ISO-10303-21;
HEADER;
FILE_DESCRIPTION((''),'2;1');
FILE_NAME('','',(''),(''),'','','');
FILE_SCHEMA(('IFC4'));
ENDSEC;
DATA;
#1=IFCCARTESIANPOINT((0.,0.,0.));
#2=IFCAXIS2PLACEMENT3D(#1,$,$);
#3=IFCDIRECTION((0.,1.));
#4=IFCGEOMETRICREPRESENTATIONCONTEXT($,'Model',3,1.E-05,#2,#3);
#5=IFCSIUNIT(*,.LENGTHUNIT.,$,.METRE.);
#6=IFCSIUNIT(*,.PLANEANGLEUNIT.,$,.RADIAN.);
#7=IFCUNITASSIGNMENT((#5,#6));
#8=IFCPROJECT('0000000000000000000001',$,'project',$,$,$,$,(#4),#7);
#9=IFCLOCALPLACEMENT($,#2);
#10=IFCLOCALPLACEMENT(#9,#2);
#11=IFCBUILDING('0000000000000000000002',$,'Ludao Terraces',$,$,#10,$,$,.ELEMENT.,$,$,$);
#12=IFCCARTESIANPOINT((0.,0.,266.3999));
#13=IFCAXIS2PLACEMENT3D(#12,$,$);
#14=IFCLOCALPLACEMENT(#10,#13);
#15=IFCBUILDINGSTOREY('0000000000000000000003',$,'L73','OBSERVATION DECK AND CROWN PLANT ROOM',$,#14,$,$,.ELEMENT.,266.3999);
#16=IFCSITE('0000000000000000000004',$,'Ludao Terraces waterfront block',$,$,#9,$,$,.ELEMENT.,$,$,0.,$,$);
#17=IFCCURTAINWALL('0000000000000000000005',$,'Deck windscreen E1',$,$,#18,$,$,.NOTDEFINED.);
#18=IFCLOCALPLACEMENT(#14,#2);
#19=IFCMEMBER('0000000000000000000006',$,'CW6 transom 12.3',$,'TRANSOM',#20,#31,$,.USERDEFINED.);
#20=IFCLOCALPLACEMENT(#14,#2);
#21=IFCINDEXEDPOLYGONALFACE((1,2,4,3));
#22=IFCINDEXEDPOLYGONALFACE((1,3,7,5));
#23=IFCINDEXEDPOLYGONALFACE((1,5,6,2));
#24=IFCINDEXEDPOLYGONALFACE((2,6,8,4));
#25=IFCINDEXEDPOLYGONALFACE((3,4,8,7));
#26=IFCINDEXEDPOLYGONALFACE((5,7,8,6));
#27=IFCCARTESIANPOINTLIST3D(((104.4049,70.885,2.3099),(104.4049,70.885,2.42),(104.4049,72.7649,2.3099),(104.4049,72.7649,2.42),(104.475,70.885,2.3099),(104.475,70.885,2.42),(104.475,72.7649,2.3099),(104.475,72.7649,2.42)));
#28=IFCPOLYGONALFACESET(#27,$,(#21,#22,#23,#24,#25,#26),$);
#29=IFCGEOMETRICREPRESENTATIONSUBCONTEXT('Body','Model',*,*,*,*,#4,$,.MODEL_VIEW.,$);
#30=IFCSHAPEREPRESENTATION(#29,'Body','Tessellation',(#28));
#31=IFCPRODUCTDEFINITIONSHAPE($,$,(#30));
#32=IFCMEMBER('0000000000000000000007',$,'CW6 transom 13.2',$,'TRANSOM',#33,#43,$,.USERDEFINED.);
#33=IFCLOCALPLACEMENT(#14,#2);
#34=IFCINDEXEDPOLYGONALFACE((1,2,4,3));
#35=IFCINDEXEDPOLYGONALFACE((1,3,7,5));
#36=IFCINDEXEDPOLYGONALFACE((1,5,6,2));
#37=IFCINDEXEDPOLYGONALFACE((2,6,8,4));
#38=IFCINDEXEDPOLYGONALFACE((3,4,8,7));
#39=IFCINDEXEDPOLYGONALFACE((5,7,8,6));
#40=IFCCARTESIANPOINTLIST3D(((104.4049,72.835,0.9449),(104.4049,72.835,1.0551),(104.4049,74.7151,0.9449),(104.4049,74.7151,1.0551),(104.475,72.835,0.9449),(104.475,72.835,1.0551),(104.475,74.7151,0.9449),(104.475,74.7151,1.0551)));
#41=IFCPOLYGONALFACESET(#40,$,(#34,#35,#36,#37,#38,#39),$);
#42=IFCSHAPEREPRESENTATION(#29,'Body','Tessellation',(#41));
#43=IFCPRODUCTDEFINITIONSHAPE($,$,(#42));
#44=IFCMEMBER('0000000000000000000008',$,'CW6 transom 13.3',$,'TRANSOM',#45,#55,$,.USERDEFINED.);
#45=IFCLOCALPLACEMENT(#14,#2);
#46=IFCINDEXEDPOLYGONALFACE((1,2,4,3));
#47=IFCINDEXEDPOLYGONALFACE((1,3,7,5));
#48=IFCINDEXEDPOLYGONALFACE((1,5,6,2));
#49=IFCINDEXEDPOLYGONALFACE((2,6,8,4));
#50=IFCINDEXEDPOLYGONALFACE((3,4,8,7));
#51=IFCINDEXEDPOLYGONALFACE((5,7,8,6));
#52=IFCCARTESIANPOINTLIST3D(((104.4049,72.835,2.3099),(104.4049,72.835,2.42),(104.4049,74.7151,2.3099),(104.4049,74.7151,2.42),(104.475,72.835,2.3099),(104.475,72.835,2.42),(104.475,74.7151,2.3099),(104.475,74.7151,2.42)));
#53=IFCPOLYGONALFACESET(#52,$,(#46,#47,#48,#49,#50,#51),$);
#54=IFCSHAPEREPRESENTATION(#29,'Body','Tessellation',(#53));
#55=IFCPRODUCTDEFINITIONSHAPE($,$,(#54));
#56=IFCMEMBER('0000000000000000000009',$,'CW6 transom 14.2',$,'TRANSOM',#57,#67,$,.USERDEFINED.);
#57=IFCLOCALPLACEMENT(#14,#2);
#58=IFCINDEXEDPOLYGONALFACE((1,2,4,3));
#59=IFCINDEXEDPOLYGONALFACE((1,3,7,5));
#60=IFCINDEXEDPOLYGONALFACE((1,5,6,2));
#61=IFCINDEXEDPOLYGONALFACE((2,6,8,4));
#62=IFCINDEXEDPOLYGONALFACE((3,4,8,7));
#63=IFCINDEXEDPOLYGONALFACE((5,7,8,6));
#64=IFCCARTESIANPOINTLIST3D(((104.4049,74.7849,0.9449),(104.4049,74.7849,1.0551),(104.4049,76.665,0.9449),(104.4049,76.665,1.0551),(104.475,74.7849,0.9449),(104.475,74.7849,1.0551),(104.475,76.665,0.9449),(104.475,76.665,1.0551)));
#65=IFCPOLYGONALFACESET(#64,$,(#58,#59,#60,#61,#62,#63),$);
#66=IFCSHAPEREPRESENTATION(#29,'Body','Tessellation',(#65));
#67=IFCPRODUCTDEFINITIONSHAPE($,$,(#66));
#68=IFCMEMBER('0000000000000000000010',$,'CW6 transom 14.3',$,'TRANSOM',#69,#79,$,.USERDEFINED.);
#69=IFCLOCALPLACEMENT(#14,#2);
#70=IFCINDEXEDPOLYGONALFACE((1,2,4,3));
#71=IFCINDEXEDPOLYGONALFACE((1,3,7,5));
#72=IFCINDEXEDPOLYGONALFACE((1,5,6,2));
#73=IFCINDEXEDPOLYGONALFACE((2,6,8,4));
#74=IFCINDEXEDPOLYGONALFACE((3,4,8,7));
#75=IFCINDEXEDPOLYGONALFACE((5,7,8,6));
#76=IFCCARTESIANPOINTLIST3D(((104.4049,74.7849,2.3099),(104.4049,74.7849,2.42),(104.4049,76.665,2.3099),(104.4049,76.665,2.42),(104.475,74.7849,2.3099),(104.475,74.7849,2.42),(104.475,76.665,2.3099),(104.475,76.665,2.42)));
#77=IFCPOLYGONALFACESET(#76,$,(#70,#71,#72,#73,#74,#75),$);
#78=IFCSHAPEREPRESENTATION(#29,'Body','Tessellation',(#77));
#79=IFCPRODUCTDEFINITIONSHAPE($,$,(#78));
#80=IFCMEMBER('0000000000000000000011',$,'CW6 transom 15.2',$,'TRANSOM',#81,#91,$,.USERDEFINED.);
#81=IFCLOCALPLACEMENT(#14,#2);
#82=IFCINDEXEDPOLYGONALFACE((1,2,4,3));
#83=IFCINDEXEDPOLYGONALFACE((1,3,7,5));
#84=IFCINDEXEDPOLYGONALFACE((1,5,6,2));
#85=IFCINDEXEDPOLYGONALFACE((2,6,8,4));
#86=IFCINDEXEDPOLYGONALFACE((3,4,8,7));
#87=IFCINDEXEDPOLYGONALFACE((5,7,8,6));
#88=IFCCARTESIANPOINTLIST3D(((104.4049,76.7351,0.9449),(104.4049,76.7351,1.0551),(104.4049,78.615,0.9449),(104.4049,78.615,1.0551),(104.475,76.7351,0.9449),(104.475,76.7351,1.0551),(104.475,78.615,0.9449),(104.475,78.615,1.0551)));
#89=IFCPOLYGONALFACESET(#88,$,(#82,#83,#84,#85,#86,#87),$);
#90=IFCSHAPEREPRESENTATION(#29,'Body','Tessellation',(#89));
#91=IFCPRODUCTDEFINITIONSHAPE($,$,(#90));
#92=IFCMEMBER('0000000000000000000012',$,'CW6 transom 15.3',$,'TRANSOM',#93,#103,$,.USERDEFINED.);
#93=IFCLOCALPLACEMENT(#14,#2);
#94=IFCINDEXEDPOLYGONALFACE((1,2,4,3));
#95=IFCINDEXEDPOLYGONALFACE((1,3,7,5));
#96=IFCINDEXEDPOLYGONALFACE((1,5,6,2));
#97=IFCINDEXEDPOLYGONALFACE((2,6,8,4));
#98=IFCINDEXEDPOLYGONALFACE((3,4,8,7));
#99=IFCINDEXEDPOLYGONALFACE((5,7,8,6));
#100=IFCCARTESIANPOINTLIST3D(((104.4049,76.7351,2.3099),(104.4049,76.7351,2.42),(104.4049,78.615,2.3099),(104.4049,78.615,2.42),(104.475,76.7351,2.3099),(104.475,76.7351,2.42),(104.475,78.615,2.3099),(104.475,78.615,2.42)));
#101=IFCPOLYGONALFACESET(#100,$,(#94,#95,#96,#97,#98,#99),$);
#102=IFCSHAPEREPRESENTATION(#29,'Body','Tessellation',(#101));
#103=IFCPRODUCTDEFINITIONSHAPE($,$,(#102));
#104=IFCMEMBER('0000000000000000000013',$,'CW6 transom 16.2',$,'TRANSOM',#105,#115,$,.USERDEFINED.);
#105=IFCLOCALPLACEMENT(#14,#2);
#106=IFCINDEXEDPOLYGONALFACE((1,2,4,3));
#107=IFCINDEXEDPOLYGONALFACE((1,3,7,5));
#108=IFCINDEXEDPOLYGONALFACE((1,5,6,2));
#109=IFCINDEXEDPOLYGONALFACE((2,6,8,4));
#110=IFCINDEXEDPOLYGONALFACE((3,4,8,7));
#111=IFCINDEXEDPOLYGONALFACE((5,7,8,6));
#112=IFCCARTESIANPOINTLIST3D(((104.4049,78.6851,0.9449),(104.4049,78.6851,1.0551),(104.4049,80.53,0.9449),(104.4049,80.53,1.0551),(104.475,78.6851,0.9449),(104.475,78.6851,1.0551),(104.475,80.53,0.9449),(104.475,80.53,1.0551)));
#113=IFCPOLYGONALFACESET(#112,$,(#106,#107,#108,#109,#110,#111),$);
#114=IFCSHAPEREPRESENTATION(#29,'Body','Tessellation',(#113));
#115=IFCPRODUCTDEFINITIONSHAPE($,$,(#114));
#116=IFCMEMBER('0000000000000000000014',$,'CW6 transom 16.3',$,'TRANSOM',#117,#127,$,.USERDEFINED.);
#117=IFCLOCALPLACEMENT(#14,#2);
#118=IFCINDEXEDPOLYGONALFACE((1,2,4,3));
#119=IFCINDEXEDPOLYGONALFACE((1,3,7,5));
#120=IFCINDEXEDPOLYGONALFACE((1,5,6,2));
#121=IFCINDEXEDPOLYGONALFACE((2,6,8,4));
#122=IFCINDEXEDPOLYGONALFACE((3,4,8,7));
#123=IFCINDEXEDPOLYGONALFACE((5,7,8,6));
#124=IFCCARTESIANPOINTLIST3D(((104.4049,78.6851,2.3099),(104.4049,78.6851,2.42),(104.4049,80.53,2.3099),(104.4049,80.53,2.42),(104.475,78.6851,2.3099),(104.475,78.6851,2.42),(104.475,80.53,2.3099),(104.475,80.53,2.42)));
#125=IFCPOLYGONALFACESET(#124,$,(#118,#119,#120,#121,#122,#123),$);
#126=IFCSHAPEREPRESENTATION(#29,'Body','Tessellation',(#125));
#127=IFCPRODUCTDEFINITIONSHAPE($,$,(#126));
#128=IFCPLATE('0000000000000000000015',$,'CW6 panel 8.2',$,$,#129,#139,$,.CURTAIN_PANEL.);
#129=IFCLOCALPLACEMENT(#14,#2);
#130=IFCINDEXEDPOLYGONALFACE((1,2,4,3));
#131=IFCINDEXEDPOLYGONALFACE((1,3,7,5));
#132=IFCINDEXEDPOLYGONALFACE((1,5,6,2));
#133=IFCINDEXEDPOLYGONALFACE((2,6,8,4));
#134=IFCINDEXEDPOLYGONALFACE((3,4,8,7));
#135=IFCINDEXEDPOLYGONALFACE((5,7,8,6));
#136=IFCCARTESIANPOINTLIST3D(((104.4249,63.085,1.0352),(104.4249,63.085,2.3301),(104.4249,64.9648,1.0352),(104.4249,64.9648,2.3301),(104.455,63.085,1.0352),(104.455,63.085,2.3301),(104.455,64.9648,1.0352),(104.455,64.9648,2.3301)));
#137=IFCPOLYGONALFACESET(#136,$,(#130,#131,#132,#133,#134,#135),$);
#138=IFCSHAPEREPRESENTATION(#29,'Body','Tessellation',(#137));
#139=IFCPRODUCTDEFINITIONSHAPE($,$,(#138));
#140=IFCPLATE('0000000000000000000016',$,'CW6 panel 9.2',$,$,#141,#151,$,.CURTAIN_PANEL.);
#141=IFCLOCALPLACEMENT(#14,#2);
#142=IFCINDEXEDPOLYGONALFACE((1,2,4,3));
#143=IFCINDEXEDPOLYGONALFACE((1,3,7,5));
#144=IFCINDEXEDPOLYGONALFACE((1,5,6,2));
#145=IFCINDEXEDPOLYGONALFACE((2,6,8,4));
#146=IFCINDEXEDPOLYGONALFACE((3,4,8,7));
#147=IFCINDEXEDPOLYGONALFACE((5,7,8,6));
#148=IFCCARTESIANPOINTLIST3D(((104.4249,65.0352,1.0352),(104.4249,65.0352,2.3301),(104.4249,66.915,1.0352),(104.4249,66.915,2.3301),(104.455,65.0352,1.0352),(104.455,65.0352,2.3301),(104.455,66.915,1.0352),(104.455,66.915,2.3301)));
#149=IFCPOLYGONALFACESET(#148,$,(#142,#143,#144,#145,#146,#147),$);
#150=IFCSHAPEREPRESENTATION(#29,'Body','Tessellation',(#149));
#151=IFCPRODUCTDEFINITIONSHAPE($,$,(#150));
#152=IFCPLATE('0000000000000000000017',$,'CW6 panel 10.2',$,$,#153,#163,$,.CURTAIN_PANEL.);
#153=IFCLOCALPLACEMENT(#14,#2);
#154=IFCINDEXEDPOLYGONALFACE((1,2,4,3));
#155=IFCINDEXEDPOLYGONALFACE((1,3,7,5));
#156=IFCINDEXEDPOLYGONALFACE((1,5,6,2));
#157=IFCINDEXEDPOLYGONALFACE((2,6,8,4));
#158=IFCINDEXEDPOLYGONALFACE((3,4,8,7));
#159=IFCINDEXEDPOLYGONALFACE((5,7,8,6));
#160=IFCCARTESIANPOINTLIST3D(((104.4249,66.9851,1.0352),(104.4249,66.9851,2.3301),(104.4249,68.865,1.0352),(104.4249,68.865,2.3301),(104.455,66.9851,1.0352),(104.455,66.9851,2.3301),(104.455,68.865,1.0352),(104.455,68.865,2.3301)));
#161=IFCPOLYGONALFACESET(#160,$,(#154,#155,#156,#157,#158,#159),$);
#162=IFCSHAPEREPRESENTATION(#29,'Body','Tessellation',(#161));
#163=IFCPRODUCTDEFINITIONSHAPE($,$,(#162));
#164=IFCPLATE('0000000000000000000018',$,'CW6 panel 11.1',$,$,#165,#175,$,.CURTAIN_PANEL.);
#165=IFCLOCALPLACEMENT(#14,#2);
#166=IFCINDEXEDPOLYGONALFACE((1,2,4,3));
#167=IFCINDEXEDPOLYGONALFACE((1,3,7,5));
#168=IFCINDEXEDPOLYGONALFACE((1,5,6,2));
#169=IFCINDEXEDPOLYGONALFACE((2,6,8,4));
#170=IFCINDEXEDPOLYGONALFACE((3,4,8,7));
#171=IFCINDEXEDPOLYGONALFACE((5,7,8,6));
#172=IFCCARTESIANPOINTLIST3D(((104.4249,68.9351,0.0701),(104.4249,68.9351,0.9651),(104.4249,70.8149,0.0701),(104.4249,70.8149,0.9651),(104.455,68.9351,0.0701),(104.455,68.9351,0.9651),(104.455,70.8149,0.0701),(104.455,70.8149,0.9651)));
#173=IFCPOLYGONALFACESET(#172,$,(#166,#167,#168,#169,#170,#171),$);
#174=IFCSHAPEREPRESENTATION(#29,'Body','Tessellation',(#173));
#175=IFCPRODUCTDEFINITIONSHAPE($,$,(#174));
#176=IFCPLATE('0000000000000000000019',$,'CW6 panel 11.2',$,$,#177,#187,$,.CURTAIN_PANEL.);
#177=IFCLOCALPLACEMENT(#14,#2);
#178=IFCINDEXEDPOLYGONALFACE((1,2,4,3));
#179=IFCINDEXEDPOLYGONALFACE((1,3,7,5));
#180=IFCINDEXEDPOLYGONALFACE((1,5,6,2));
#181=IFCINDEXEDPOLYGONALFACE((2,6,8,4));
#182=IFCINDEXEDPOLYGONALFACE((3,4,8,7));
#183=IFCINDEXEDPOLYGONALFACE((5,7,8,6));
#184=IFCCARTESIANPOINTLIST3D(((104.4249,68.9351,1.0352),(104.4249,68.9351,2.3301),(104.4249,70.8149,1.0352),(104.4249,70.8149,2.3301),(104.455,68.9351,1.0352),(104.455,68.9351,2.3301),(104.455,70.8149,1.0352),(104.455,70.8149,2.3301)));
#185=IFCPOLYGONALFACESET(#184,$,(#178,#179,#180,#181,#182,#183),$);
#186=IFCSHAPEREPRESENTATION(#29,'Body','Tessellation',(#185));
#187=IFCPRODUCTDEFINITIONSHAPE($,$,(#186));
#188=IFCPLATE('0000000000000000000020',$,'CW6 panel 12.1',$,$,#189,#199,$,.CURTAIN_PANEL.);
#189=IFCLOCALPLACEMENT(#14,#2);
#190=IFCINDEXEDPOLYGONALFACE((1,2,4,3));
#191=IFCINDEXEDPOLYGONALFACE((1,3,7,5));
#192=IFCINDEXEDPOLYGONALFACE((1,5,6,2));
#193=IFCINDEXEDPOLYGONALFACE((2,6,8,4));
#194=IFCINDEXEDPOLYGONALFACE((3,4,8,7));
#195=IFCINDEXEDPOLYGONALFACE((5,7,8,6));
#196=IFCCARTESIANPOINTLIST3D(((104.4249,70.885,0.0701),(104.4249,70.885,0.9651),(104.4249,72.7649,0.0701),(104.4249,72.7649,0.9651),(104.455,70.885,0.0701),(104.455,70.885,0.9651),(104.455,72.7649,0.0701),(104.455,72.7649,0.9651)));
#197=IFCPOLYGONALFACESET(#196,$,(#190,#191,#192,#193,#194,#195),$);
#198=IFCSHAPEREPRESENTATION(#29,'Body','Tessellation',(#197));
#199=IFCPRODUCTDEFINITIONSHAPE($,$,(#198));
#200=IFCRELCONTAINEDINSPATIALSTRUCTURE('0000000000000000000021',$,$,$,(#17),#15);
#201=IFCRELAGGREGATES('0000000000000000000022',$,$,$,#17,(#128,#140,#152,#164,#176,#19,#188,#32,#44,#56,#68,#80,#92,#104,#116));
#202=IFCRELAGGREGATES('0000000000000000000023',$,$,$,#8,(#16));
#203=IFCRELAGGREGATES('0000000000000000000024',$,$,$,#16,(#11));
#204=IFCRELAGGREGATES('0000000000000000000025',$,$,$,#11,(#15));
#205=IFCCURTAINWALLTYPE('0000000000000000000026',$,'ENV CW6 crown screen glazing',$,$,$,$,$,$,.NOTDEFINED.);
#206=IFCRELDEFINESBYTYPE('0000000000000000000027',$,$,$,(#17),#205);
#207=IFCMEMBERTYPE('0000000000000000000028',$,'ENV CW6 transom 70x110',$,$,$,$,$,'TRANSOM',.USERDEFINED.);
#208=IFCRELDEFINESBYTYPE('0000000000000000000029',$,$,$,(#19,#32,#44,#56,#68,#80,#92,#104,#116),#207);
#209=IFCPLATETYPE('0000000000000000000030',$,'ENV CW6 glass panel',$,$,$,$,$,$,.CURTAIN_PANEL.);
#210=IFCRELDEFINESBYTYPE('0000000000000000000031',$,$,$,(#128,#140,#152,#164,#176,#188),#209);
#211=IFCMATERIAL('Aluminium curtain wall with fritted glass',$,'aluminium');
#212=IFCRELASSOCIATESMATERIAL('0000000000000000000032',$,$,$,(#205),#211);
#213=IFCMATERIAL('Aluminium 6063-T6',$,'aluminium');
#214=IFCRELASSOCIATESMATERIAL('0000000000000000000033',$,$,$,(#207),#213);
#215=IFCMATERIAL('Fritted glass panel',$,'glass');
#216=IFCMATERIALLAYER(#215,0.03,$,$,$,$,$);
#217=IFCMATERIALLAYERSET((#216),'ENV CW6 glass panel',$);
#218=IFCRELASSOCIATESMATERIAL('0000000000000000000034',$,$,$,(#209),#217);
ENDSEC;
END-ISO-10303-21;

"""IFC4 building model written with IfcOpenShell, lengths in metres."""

from ifc_helpers import new_model, si_unit, direction, frame, origin, origin_2d, place, context, subcontext, project, spatial, rectangle, extrude, material, layer, layer_set, material_profile, profile_set, type_object, element, aggregate, save


model = new_model("IFC4")

# Units and contexts
model_context = context("Model", 3, precision=1e-05, world=origin(), true_north=direction((0.0, 1.0)))
body_context = subcontext(model_context, "Body", "Model", "MODEL_VIEW")
ifc_project = project(units=[si_unit("LENGTHUNIT", "METRE"), si_unit("PLANEANGLEUNIT", "RADIAN")], contexts=[model_context])

# Site, building, storey
site_placement = place(None, origin())
site = spatial("IfcSite", under=ifc_project, at=site_placement, Name="Ludao Terraces waterfront block", CompositionType="ELEMENT", RefElevation=0.0)
building_placement = place(site_placement, origin())
building = spatial("IfcBuilding", under=site, at=building_placement, Name="Ludao Terraces", CompositionType="ELEMENT")
storey_placement = place(building_placement, frame((0.0, 0.0, 266.3999)))
storey = spatial("IfcBuildingStorey", under=building, at=storey_placement, Name="L73", Description="OBSERVATION DECK AND CROWN PLANT ROOM", CompositionType="ELEMENT", Elevation=266.3999)

# Curtain wall, members, plates
ifc_material_1 = material(Name="Aluminium curtain wall with fritted glass", Category="aluminium")
curtain_wall_type = type_object("IfcCurtainWallType", Name="ENV CW6 crown screen glazing", PredefinedType="NOTDEFINED", material=ifc_material_1)
curtain_wall_placement = place(storey_placement, origin())
curtain_wall = element("IfcCurtainWall", 1, at=curtain_wall_placement, inside=storey, type_object=curtain_wall_type, Name="Deck windscreen E1", PredefinedType="NOTDEFINED")
ifc_material_2 = material(Name="Aluminium 6063-T6", Category="aluminium")
ifc_material_profile_1 = material_profile(ifc_material_2, rectangle(XDim=0.0701, YDim=0.1101, at=origin_2d()), Name="70 X 110")
ifc_profile_set_1 = profile_set([ifc_material_profile_1], Name="Aluminium 6063-T6")
member_type = type_object("IfcMemberType", Name="ENV CW6 transom 70x110", ElementType="TRANSOM", PredefinedType="USERDEFINED", material=ifc_profile_set_1)
member_1_placement = place(storey_placement, frame((104.4399, 70.885, 2.365), z_axis=(0.0, 1.0, 0.0), x_axis=(-1.0, 0.0, 0.0)))
member_1 = element("IfcMember", 2, at=member_1_placement, type_object=member_type, Name="CW6 transom 12.3", ObjectType="TRANSOM", PredefinedType="USERDEFINED", context=body_context, shape_type="SweptSolid", body=[
    extrude(rectangle(XDim=0.0701, YDim=0.1101, at=origin_2d()), origin(), (0.0, 0.0, 1.0), 1.8799),
])
member_2_placement = place(storey_placement, frame((104.4399, 72.835, 1.0), z_axis=(0.0, 1.0, 0.0), x_axis=(-1.0, 0.0, 0.0)))
member_2 = element("IfcMember", 3, at=member_2_placement, type_object=member_type, Name="CW6 transom 13.2", ObjectType="TRANSOM", PredefinedType="USERDEFINED", context=body_context, shape_type="SweptSolid", body=[
    extrude(rectangle(XDim=0.0701, YDim=0.1101, at=origin_2d()), origin(), (0.0, 0.0, 1.0), 1.8801),
])
member_3_placement = place(storey_placement, frame((104.4399, 72.835, 2.365), z_axis=(0.0, 1.0, 0.0), x_axis=(-1.0, 0.0, 0.0)))
member_3 = element("IfcMember", 4, at=member_3_placement, type_object=member_type, Name="CW6 transom 13.3", ObjectType="TRANSOM", PredefinedType="USERDEFINED", context=body_context, shape_type="SweptSolid", body=[
    extrude(rectangle(XDim=0.0701, YDim=0.1101, at=origin_2d()), origin(), (0.0, 0.0, 1.0), 1.8801),
])
member_4_placement = place(storey_placement, frame((104.4399, 74.7849, 1.0), z_axis=(0.0, 1.0, 0.0), x_axis=(-1.0, 0.0, 0.0)))
member_4 = element("IfcMember", 5, at=member_4_placement, type_object=member_type, Name="CW6 transom 14.2", ObjectType="TRANSOM", PredefinedType="USERDEFINED", context=body_context, shape_type="SweptSolid", body=[
    extrude(rectangle(XDim=0.0701, YDim=0.1101, at=origin_2d()), origin(), (0.0, 0.0, 1.0), 1.8801),
])
member_5_placement = place(storey_placement, frame((104.4399, 74.7849, 2.365), z_axis=(0.0, 1.0, 0.0), x_axis=(-1.0, 0.0, 0.0)))
member_5 = element("IfcMember", 6, at=member_5_placement, type_object=member_type, Name="CW6 transom 14.3", ObjectType="TRANSOM", PredefinedType="USERDEFINED", context=body_context, shape_type="SweptSolid", body=[
    extrude(rectangle(XDim=0.0701, YDim=0.1101, at=origin_2d()), origin(), (0.0, 0.0, 1.0), 1.8801),
])
member_6_placement = place(storey_placement, frame((104.4399, 76.7351, 1.0), z_axis=(0.0, 1.0, 0.0), x_axis=(-1.0, 0.0, 0.0)))
member_6 = element("IfcMember", 7, at=member_6_placement, type_object=member_type, Name="CW6 transom 15.2", ObjectType="TRANSOM", PredefinedType="USERDEFINED", context=body_context, shape_type="SweptSolid", body=[
    extrude(rectangle(XDim=0.0701, YDim=0.1101, at=origin_2d()), origin(), (0.0, 0.0, 1.0), 1.8799),
])
member_7_placement = place(storey_placement, frame((104.4399, 76.7351, 2.365), z_axis=(0.0, 1.0, 0.0), x_axis=(-1.0, 0.0, 0.0)))
member_7 = element("IfcMember", 8, at=member_7_placement, type_object=member_type, Name="CW6 transom 15.3", ObjectType="TRANSOM", PredefinedType="USERDEFINED", context=body_context, shape_type="SweptSolid", body=[
    extrude(rectangle(XDim=0.0701, YDim=0.1101, at=origin_2d()), origin(), (0.0, 0.0, 1.0), 1.8799),
])
member_8_placement = place(storey_placement, frame((104.4399, 78.6851, 1.0), z_axis=(0.0, 1.0, 0.0), x_axis=(-1.0, 0.0, 0.0)))
member_8 = element("IfcMember", 9, at=member_8_placement, type_object=member_type, Name="CW6 transom 16.2", ObjectType="TRANSOM", PredefinedType="USERDEFINED", context=body_context, shape_type="SweptSolid", body=[
    extrude(rectangle(XDim=0.0701, YDim=0.1101, at=origin_2d()), origin(), (0.0, 0.0, 1.0), 1.845),
])
member_9_placement = place(storey_placement, frame((104.4399, 78.6851, 2.365), z_axis=(0.0, 1.0, 0.0), x_axis=(-1.0, 0.0, 0.0)))
member_9 = element("IfcMember", 10, at=member_9_placement, type_object=member_type, Name="CW6 transom 16.3", ObjectType="TRANSOM", PredefinedType="USERDEFINED", context=body_context, shape_type="SweptSolid", body=[
    extrude(rectangle(XDim=0.0701, YDim=0.1101, at=origin_2d()), origin(), (0.0, 0.0, 1.0), 1.845),
])
ifc_material_3 = material(Name="Fritted glass panel", Category="glass")
ifc_layer_1 = layer(ifc_material_3, 0.03)
ifc_layer_set_1 = layer_set([ifc_layer_1], Name="ENV CW6 glass panel")
plate_type = type_object("IfcPlateType", Name="ENV CW6 glass panel", PredefinedType="CURTAIN_PANEL", material=ifc_layer_set_1)
plate_1_placement = place(storey_placement, frame((104.4399, 64.0249, 1.0352), z_axis=(0.0, 0.0, 1.0), x_axis=(0.0, 1.0, 0.0)))
plate_1 = element("IfcPlate", 11, at=plate_1_placement, type_object=plate_type, Name="CW6 panel 8.2", PredefinedType="CURTAIN_PANEL", context=body_context, shape_type="SweptSolid", body=[
    extrude(rectangle(XDim=1.8799, YDim=0.03, at=origin_2d()), origin(), (0.0, 0.0, 1.0), 1.2949),
])
plate_2_placement = place(storey_placement, frame((104.4399, 65.9751, 1.0352), z_axis=(0.0, 0.0, 1.0), x_axis=(0.0, 1.0, 0.0)))
plate_2 = element("IfcPlate", 12, at=plate_2_placement, type_object=plate_type, Name="CW6 panel 9.2", PredefinedType="CURTAIN_PANEL", context=body_context, shape_type="SweptSolid", body=[
    extrude(rectangle(XDim=1.8799, YDim=0.03, at=origin_2d()), origin(), (0.0, 0.0, 1.0), 1.2949),
])
plate_3_placement = place(storey_placement, frame((104.4399, 67.925, 1.0352), z_axis=(0.0, 0.0, 1.0), x_axis=(0.0, 1.0, 0.0)))
plate_3 = element("IfcPlate", 13, at=plate_3_placement, type_object=plate_type, Name="CW6 panel 10.2", PredefinedType="CURTAIN_PANEL", context=body_context, shape_type="SweptSolid", body=[
    extrude(rectangle(XDim=1.8799, YDim=0.03, at=origin_2d()), origin(), (0.0, 0.0, 1.0), 1.2949),
])
plate_4_placement = place(storey_placement, frame((104.4399, 69.875, 0.0701), z_axis=(0.0, 0.0, 1.0), x_axis=(0.0, 1.0, 0.0)))
plate_4 = element("IfcPlate", 14, at=plate_4_placement, type_object=plate_type, Name="CW6 panel 11.1", PredefinedType="CURTAIN_PANEL", context=body_context, shape_type="SweptSolid", body=[
    extrude(rectangle(XDim=1.8799, YDim=0.03, at=origin_2d()), origin(), (0.0, 0.0, 1.0), 0.895),
])
plate_5_placement = place(storey_placement, frame((104.4399, 69.875, 1.0352), z_axis=(0.0, 0.0, 1.0), x_axis=(0.0, 1.0, 0.0)))
plate_5 = element("IfcPlate", 15, at=plate_5_placement, type_object=plate_type, Name="CW6 panel 11.2", PredefinedType="CURTAIN_PANEL", context=body_context, shape_type="SweptSolid", body=[
    extrude(rectangle(XDim=1.8799, YDim=0.03, at=origin_2d()), origin(), (0.0, 0.0, 1.0), 1.2949),
])
plate_6_placement = place(storey_placement, frame((104.4399, 71.825, 0.0701), z_axis=(0.0, 0.0, 1.0), x_axis=(0.0, 1.0, 0.0)))
plate_6 = element("IfcPlate", 16, at=plate_6_placement, type_object=plate_type, Name="CW6 panel 12.1", PredefinedType="CURTAIN_PANEL", context=body_context, shape_type="SweptSolid", body=[
    extrude(rectangle(XDim=1.8799, YDim=0.03, at=origin_2d()), origin(), (0.0, 0.0, 1.0), 0.895),
])
aggregate(curtain_wall, [plate_1, plate_2, plate_3, plate_4, plate_5, member_1, plate_6, member_2, member_3, member_4, member_5, member_6, member_7, member_8, member_9])

save(model, "model.ifc")
